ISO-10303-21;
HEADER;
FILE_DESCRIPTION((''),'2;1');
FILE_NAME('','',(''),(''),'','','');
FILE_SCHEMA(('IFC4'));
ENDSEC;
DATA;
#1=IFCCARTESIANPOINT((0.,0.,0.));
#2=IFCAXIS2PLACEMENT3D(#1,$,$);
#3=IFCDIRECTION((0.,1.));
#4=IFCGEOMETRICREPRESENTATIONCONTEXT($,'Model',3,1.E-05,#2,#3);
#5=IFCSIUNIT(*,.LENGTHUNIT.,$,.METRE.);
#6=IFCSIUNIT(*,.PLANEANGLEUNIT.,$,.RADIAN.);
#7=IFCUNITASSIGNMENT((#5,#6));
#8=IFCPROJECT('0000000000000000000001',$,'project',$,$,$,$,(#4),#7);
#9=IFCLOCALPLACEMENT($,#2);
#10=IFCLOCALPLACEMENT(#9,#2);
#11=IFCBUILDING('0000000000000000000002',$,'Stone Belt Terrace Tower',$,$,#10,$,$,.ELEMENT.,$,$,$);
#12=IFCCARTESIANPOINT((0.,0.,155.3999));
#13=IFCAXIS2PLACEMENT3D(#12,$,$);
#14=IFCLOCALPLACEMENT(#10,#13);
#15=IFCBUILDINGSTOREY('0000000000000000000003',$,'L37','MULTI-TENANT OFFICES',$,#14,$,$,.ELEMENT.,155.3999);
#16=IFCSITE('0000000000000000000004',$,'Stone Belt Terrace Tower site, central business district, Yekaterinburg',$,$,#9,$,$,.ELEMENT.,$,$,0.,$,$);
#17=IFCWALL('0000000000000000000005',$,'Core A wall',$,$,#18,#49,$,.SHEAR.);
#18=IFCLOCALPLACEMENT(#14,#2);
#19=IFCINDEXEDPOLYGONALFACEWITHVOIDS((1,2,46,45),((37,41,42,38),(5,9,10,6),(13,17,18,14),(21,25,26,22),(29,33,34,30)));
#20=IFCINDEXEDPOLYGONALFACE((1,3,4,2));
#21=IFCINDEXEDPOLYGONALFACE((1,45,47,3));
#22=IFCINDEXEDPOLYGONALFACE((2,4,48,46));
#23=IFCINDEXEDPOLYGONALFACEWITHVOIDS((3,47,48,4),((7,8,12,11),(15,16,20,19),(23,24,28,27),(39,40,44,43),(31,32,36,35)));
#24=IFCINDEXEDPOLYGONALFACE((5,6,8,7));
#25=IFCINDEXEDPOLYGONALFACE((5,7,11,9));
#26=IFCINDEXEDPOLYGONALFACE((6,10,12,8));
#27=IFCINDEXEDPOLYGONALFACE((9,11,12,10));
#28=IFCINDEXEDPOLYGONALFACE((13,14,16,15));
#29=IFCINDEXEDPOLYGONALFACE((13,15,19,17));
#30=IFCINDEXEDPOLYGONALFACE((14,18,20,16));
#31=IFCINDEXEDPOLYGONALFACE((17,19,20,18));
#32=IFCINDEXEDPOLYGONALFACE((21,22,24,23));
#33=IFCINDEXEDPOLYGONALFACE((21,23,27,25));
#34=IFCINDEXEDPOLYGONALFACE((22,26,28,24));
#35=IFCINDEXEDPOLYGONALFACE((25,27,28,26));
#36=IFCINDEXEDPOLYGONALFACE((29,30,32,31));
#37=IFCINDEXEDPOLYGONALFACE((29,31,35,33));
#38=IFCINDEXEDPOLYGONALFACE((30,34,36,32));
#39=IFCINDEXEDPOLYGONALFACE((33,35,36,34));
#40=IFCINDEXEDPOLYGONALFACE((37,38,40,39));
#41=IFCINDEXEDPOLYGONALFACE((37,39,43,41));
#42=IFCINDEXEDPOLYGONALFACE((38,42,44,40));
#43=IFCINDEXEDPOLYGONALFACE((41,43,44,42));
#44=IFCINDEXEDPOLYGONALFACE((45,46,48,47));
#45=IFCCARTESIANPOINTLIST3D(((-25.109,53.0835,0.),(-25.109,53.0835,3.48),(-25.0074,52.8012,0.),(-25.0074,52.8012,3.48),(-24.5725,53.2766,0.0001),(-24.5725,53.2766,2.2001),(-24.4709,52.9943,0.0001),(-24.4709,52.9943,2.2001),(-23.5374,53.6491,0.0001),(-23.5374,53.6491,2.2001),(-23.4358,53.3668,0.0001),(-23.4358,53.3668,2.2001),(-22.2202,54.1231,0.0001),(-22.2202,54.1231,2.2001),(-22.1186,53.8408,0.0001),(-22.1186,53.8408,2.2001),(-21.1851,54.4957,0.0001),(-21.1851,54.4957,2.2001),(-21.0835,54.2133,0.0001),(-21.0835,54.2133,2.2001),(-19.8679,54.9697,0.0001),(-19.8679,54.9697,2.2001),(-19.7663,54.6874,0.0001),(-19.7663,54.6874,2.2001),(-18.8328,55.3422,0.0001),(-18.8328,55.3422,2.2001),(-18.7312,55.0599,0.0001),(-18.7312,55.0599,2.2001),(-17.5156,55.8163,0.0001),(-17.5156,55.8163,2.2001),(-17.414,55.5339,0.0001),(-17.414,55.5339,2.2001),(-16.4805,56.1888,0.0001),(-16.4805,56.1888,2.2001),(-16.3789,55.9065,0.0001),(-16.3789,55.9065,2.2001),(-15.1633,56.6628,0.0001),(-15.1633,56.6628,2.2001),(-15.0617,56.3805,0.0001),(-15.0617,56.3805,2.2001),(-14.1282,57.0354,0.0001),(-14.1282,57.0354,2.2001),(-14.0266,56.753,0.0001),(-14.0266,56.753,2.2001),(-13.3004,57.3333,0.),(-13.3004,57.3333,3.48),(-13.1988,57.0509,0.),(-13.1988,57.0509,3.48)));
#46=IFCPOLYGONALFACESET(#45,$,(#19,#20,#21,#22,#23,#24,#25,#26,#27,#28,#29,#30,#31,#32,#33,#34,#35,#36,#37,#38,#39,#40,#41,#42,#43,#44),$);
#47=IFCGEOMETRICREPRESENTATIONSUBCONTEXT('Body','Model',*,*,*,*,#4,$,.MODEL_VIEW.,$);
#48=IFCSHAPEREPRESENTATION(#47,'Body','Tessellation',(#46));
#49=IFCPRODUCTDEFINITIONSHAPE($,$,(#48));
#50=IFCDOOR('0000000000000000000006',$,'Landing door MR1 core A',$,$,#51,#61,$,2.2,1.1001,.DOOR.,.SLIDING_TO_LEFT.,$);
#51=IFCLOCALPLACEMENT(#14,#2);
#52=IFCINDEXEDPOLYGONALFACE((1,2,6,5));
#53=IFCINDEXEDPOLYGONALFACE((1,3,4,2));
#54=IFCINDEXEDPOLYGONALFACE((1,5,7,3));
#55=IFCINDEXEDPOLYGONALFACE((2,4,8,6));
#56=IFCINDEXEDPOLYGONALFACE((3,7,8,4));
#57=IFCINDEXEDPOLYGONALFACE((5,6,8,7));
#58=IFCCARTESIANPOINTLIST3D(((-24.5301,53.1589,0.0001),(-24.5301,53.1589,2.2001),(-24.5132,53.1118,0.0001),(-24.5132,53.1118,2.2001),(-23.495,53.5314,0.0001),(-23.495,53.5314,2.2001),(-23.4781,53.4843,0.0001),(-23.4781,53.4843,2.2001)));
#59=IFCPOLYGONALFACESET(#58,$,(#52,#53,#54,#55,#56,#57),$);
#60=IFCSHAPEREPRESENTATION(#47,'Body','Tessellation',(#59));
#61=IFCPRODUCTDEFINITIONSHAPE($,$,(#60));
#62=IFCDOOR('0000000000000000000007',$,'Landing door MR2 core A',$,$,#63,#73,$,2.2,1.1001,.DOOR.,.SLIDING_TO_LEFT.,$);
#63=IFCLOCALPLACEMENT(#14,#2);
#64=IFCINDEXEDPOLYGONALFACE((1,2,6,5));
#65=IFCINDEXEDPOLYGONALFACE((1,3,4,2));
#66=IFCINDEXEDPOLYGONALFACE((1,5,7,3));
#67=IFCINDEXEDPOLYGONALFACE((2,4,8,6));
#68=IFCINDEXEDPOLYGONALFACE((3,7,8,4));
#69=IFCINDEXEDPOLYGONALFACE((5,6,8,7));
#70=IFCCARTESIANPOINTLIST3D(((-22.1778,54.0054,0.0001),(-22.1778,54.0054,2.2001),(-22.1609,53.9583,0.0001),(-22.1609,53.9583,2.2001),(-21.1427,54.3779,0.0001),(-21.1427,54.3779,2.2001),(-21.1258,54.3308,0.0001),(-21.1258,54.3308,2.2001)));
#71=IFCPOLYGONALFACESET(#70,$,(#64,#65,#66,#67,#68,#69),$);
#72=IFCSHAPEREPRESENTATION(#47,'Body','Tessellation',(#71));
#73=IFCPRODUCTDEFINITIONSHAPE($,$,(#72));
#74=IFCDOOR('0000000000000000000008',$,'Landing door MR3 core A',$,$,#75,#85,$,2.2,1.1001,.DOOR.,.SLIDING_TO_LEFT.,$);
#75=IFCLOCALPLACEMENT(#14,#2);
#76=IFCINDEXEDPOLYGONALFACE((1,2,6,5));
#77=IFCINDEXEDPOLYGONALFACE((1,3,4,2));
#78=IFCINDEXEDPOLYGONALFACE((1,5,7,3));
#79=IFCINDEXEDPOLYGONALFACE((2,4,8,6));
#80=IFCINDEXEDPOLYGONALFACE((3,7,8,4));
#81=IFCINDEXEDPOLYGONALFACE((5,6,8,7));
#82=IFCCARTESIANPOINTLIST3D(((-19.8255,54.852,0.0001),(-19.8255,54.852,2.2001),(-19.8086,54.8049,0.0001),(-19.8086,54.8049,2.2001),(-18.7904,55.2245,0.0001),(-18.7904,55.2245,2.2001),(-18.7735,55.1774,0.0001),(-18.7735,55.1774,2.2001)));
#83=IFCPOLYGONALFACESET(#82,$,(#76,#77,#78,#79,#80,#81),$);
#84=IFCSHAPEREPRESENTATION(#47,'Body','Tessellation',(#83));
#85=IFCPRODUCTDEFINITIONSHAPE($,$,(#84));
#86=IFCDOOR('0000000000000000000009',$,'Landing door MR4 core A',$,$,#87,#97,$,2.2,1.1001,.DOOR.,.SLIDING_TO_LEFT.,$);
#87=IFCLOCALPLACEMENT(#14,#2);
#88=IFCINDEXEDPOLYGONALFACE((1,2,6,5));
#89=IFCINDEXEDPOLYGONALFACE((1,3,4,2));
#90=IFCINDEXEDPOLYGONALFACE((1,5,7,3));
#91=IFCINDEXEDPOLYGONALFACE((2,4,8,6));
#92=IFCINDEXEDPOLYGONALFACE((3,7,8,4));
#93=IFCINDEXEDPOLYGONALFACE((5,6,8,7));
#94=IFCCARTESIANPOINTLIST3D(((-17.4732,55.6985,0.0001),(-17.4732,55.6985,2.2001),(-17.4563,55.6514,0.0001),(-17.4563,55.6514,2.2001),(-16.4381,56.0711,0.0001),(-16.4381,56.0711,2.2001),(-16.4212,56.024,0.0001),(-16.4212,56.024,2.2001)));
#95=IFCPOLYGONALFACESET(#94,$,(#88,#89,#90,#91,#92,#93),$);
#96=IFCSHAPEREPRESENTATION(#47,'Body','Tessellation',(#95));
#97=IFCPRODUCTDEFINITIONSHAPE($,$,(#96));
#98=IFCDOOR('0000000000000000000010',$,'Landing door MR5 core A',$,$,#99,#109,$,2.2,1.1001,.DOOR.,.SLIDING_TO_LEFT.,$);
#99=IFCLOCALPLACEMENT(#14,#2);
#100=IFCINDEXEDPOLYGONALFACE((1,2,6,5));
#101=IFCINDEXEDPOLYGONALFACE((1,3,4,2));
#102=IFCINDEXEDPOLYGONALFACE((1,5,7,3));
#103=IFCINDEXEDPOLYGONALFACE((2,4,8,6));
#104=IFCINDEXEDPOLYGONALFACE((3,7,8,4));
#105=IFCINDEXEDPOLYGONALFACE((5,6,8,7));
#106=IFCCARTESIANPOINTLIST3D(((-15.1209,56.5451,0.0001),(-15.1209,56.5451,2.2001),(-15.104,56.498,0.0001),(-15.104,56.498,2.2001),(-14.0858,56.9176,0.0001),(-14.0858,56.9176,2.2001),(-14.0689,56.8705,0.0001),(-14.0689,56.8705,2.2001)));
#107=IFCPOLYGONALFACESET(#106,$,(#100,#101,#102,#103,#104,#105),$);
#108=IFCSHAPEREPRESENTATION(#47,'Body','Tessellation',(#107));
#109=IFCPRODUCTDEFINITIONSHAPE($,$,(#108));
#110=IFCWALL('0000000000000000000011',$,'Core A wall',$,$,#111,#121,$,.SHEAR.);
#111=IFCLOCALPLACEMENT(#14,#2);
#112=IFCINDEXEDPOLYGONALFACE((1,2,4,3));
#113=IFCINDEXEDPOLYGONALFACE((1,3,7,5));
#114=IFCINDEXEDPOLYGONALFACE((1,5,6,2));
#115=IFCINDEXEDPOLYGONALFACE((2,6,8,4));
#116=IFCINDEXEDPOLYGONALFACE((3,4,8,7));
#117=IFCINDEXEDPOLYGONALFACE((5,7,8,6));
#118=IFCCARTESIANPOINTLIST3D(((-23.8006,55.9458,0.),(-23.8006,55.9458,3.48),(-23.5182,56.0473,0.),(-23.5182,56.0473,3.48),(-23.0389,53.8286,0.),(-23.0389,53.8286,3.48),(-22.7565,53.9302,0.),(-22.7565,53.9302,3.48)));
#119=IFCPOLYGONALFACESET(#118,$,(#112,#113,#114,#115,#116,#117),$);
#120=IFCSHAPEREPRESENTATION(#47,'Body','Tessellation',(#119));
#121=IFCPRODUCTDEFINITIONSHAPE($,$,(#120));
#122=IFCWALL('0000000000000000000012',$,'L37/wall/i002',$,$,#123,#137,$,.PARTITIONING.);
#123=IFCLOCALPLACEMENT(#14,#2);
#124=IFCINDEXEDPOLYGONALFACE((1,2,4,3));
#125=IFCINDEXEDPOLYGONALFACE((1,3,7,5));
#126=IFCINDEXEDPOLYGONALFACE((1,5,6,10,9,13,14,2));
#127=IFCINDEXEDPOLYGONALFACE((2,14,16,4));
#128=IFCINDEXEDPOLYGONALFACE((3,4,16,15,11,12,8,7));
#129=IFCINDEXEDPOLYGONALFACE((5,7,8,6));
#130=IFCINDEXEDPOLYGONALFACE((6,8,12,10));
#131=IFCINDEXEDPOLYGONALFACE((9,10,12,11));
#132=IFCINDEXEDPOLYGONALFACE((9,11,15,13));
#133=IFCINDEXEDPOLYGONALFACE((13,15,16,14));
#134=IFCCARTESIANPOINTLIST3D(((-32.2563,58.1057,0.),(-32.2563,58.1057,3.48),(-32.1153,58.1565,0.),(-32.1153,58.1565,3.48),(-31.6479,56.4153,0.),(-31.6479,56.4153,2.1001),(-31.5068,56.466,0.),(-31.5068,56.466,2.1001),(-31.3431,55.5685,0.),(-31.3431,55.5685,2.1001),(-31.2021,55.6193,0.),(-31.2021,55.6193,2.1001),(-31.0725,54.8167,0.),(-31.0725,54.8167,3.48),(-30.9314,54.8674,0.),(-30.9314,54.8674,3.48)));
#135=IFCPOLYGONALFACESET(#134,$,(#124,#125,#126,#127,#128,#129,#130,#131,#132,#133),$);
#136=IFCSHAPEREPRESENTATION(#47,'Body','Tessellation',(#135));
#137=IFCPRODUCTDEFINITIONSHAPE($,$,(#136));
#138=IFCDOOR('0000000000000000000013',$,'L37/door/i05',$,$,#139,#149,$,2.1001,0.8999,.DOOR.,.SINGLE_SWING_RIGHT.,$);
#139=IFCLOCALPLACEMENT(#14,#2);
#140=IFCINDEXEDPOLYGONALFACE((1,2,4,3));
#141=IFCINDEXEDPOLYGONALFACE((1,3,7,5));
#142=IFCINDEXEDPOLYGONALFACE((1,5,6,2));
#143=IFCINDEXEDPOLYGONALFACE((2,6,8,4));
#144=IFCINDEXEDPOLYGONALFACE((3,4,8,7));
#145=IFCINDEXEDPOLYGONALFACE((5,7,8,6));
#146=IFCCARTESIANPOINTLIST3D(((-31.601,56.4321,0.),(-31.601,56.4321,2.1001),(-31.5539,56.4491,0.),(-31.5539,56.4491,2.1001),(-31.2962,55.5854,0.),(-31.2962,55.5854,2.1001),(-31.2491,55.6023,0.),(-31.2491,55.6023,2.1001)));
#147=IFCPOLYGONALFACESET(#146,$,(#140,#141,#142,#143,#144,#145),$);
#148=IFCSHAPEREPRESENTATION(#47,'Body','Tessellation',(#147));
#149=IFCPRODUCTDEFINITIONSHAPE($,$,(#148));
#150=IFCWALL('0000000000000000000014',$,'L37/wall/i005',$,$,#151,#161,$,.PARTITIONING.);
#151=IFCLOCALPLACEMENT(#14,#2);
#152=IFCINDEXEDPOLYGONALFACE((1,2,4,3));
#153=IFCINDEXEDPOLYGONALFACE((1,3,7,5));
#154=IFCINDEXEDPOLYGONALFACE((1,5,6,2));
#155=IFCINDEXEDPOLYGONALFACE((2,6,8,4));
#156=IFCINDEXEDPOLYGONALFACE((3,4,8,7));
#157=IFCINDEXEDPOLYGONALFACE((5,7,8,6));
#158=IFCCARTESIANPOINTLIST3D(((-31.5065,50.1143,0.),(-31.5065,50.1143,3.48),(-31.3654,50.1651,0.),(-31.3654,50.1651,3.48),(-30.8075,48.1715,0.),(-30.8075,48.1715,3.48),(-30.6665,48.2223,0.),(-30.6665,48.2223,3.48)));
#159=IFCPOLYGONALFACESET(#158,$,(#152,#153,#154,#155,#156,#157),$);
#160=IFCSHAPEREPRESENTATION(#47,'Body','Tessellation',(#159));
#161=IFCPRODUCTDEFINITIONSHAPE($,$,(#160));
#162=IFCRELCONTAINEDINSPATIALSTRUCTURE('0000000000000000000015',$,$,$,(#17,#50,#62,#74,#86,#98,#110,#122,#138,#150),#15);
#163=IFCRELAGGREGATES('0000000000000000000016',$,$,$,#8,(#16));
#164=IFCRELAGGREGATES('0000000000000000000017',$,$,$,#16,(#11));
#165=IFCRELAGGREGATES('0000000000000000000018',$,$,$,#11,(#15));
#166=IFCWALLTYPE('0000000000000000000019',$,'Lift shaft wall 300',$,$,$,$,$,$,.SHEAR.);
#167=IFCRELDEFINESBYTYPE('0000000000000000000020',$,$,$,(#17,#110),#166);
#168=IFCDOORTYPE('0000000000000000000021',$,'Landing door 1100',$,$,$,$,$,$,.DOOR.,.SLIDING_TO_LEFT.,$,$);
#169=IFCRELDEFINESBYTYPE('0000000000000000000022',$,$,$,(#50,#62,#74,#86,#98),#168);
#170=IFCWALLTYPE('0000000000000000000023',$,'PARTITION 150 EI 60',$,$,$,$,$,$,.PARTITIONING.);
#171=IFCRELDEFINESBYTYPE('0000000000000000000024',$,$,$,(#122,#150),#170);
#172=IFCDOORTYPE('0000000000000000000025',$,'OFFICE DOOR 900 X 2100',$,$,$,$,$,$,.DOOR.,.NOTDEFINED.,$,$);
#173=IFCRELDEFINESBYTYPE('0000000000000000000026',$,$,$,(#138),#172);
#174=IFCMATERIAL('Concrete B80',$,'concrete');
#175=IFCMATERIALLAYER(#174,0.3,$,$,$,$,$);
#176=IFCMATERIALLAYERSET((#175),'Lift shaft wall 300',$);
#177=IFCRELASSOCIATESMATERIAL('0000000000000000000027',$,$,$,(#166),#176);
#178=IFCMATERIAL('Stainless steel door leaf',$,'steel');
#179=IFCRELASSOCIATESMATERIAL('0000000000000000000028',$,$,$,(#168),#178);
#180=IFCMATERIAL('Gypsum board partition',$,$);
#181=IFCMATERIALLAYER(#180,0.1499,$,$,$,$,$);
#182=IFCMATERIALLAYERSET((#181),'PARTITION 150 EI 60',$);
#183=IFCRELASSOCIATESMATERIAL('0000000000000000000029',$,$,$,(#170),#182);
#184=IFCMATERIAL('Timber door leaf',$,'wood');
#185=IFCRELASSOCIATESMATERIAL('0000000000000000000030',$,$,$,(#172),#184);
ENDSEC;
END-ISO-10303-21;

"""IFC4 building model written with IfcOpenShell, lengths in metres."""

from ifc_helpers import new_model, si_unit, direction, frame, frame_2d, origin, place, context, subcontext, project, spatial, rectangle, extrude, material, layer, layer_set, type_object, element, fill, save


model = new_model("IFC4")

# Units and contexts
model_context = context("Model", 3, precision=1e-05, world=origin(), true_north=direction((0.0, 1.0)))
body_context = subcontext(model_context, "Body", "Model", "MODEL_VIEW")
ifc_project = project(units=[si_unit("LENGTHUNIT", "METRE"), si_unit("PLANEANGLEUNIT", "RADIAN")], contexts=[model_context])

# Site, building, storey
site_placement = place(None, origin())
site = spatial("IfcSite", under=ifc_project, at=site_placement, Name="Stone Belt Terrace Tower site, central business district, Yekaterinburg", CompositionType="ELEMENT", RefElevation=0.0)
building_placement = place(site_placement, origin())
building = spatial("IfcBuilding", under=site, at=building_placement, Name="Stone Belt Terrace Tower", CompositionType="ELEMENT")
storey_placement = place(building_placement, frame((0.0, 0.0, 155.3999)))
storey = spatial("IfcBuildingStorey", under=building, at=storey_placement, Name="L37", Description="MULTI-TENANT OFFICES", CompositionType="ELEMENT", Elevation=155.3999)

# Shared definitions
ifc_material_1 = material(Name="Timber door leaf", Category="wood")

# Shared definitions
ifc_material_2 = material(Name="Concrete B80", Category="concrete")

# Shared definitions
ifc_layer_1 = layer(ifc_material_2, 0.3)
ifc_layer_set_1 = layer_set([ifc_layer_1], Name="Lift shaft wall 300")
wall_type_1 = type_object("IfcWallType", Name="Lift shaft wall 300", PredefinedType="SHEAR", material=ifc_layer_set_1)
ifc_material_3 = material(Name="Stainless steel door leaf", Category="steel")

# Wall, openings, doors
wall_1_placement = place(storey_placement, frame((-25.0581, 52.9424, 0.0), z_axis=(0.0, 0.0, 1.0), x_axis=(0.940921, 0.338625, 0.0)))
wall_1 = element("IfcWall", 1, at=wall_1_placement, inside=storey, type_object=wall_type_1, Name="Core A wall", PredefinedType="SHEAR", context=body_context, shape_type="SweptSolid", body=[
    extrude(rectangle(XDim=12.55, YDim=0.3, at=frame_2d((6.2749, 0.0))), origin(), (0.0, 0.0, 1.0), 3.48),
])
opening_1_placement = place(wall_1_placement, frame((0.5701, 0.0, 0.0)))
opening_1 = element("IfcOpeningElement", 2, at=opening_1_placement, cuts=wall_1, PredefinedType="OPENING", context=body_context, shape_type="SweptSolid", body=[
    extrude(rectangle(XDim=1.1001, YDim=2.2, at=frame_2d((0.55, 1.1001))), frame((0.0, 0.1599, 0.0), z_axis=(0.0, -1.0, 0.0), x_axis=(1.0, 0.0, 0.0)), (0.0, 0.0, 1.0), 0.3201),
])
opening_2_placement = place(wall_1_placement, frame((3.0701, 0.0, 0.0)))
opening_2 = element("IfcOpeningElement", 3, at=opening_2_placement, cuts=wall_1, PredefinedType="OPENING", context=body_context, shape_type="SweptSolid", body=[
    extrude(rectangle(XDim=1.1001, YDim=2.2, at=frame_2d((0.55, 1.1001))), frame((0.0, 0.1599, 0.0), z_axis=(0.0, -1.0, 0.0), x_axis=(1.0, 0.0, 0.0)), (0.0, 0.0, 1.0), 0.3201),
])
opening_3_placement = place(wall_1_placement, frame((5.5701, 0.0, 0.0)))
opening_3 = element("IfcOpeningElement", 4, at=opening_3_placement, cuts=wall_1, PredefinedType="OPENING", context=body_context, shape_type="SweptSolid", body=[
    extrude(rectangle(XDim=1.1001, YDim=2.2, at=frame_2d((0.55, 1.1001))), frame((0.0, 0.1599, 0.0), z_axis=(0.0, -1.0, 0.0), x_axis=(1.0, 0.0, 0.0)), (0.0, 0.0, 1.0), 0.3201),
])
opening_4_placement = place(wall_1_placement, frame((8.0701, 0.0, 0.0)))
opening_4 = element("IfcOpeningElement", 5, at=opening_4_placement, cuts=wall_1, PredefinedType="OPENING", context=body_context, shape_type="SweptSolid", body=[
    extrude(rectangle(XDim=1.1001, YDim=2.2, at=frame_2d((0.55, 1.1001))), frame((0.0, 0.1599, 0.0), z_axis=(0.0, -1.0, 0.0), x_axis=(1.0, 0.0, 0.0)), (0.0, 0.0, 1.0), 0.3201),
])
opening_5_placement = place(wall_1_placement, frame((10.5701, 0.0, 0.0)))
opening_5 = element("IfcOpeningElement", 6, at=opening_5_placement, cuts=wall_1, PredefinedType="OPENING", context=body_context, shape_type="SweptSolid", body=[
    extrude(rectangle(XDim=1.1001, YDim=2.2, at=frame_2d((0.55, 1.1001))), frame((0.0, 0.1599, 0.0), z_axis=(0.0, -1.0, 0.0), x_axis=(1.0, 0.0, 0.0)), (0.0, 0.0, 1.0), 0.3201),
])
door_type_1 = type_object("IfcDoorType", Name="Landing door 1100", OperationType="SLIDING_TO_LEFT", PredefinedType="DOOR", material=ifc_material_3)
door_1_placement = place(opening_1_placement, origin())
door_1 = element("IfcDoor", 7, at=door_1_placement, inside=storey, type_object=door_type_1, Name="Landing door MR1 core A", OperationType="SLIDING_TO_LEFT", OverallHeight=2.2, OverallWidth=1.1001, PredefinedType="DOOR", context=body_context, shape_type="SweptSolid", body=[
    extrude(rectangle(XDim=1.1001, YDim=2.2, at=frame_2d((0.55, 1.1001))), frame((0.0, 0.0249, 0.0), z_axis=(0.0, -1.0, 0.0), x_axis=(1.0, 0.0, 0.0)), (0.0, 0.0, 1.0), 0.05),
])
fill(opening_1, door_1)
door_2_placement = place(opening_2_placement, origin())
door_2 = element("IfcDoor", 8, at=door_2_placement, inside=storey, type_object=door_type_1, Name="Landing door MR2 core A", OperationType="SLIDING_TO_LEFT", OverallHeight=2.2, OverallWidth=1.1001, PredefinedType="DOOR", context=body_context, shape_type="SweptSolid", body=[
    extrude(rectangle(XDim=1.1001, YDim=2.2, at=frame_2d((0.55, 1.1001))), frame((0.0, 0.0249, 0.0), z_axis=(0.0, -1.0, 0.0), x_axis=(1.0, 0.0, 0.0)), (0.0, 0.0, 1.0), 0.05),
])
fill(opening_2, door_2)
door_3_placement = place(opening_3_placement, origin())
door_3 = element("IfcDoor", 9, at=door_3_placement, inside=storey, type_object=door_type_1, Name="Landing door MR3 core A", OperationType="SLIDING_TO_LEFT", OverallHeight=2.2, OverallWidth=1.1001, PredefinedType="DOOR", context=body_context, shape_type="SweptSolid", body=[
    extrude(rectangle(XDim=1.1001, YDim=2.2, at=frame_2d((0.55, 1.1001))), frame((0.0, 0.0249, 0.0), z_axis=(0.0, -1.0, 0.0), x_axis=(1.0, 0.0, 0.0)), (0.0, 0.0, 1.0), 0.05),
])
fill(opening_3, door_3)
door_4_placement = place(opening_4_placement, origin())
door_4 = element("IfcDoor", 10, at=door_4_placement, inside=storey, type_object=door_type_1, Name="Landing door MR4 core A", OperationType="SLIDING_TO_LEFT", OverallHeight=2.2, OverallWidth=1.1001, PredefinedType="DOOR", context=body_context, shape_type="SweptSolid", body=[
    extrude(rectangle(XDim=1.1001, YDim=2.2, at=frame_2d((0.55, 1.1001))), frame((0.0, 0.0249, 0.0), z_axis=(0.0, -1.0, 0.0), x_axis=(1.0, 0.0, 0.0)), (0.0, 0.0, 1.0), 0.05),
])
fill(opening_4, door_4)
door_5_placement = place(opening_5_placement, origin())
door_5 = element("IfcDoor", 11, at=door_5_placement, inside=storey, type_object=door_type_1, Name="Landing door MR5 core A", OperationType="SLIDING_TO_LEFT", OverallHeight=2.2, OverallWidth=1.1001, PredefinedType="DOOR", context=body_context, shape_type="SweptSolid", body=[
    extrude(rectangle(XDim=1.1001, YDim=2.2, at=frame_2d((0.55, 1.1001))), frame((0.0, 0.0249, 0.0), z_axis=(0.0, -1.0, 0.0), x_axis=(1.0, 0.0, 0.0)), (0.0, 0.0, 1.0), 0.05),
])
fill(opening_5, door_5)

# Wall
wall_2_placement = place(storey_placement, frame((-22.8977, 53.8794, 0.0), z_axis=(0.0, 0.0, 1.0), x_axis=(-0.338535, 0.940954, 0.0)))
element("IfcWall", 12, at=wall_2_placement, inside=storey, type_object=wall_type_1, Name="Core A wall", PredefinedType="SHEAR", context=body_context, shape_type="SweptSolid", body=[
    extrude(rectangle(XDim=2.25, YDim=0.3, at=frame_2d((1.125, 0.0))), origin(), (0.0, 0.0, 1.0), 3.48),
])

# Wall, opening, door
ifc_material_4 = material(Name="Gypsum board partition")
ifc_layer_2 = layer(ifc_material_4, 0.1499)
ifc_layer_set_2 = layer_set([ifc_layer_2], Name="PARTITION 150 EI 60")
wall_type_2 = type_object("IfcWallType", Name="PARTITION 150 EI 60", PredefinedType="PARTITIONING", material=ifc_layer_set_2)
wall_3_placement = place(storey_placement, frame((-32.1858, 58.1311, 0.0), z_axis=(0.0, 0.0, 1.0), x_axis=(0.338663, -0.940908, 0.0)))
wall_3 = element("IfcWall", 13, at=wall_3_placement, inside=storey, type_object=wall_type_2, Name="L37/wall/i002", PredefinedType="PARTITIONING", context=body_context, shape_type="SweptSolid", body=[
    extrude(rectangle(XDim=3.4956, YDim=0.1499, at=frame_2d((1.7478, 0.0))), origin(), (0.0, 0.0, 1.0), 3.48),
])
opening_6_placement = place(wall_3_placement, frame((1.7966, 0.0, 0.0)))
opening_6 = element("IfcOpeningElement", 14, at=opening_6_placement, cuts=wall_3, PredefinedType="OPENING", context=body_context, shape_type="SweptSolid", body=[
    extrude(rectangle(XDim=0.8999, YDim=2.1001, at=frame_2d((0.45, 1.05))), frame((0.0, 0.085, 0.0), z_axis=(0.0, -1.0, 0.0), x_axis=(1.0, 0.0, 0.0)), (0.0, 0.0, 1.0), 0.1699),
])
door_type_2 = type_object("IfcDoorType", Name="OFFICE DOOR 900 X 2100", OperationType="NOTDEFINED", PredefinedType="DOOR", material=ifc_material_1)
door_6_placement = place(opening_6_placement, origin())
door_6 = element("IfcDoor", 15, at=door_6_placement, inside=storey, type_object=door_type_2, Name="L37/door/i05", OperationType="SINGLE_SWING_RIGHT", OverallHeight=2.1001, OverallWidth=0.8999, PredefinedType="DOOR", context=body_context, shape_type="SweptSolid", body=[
    extrude(rectangle(XDim=0.8999, YDim=2.1001, at=frame_2d((0.45, 1.05))), frame((0.0, 0.0249, 0.0), z_axis=(0.0, -1.0, 0.0), x_axis=(1.0, 0.0, 0.0)), (0.0, 0.0, 1.0), 0.05),
])
fill(opening_6, door_6)

# Wall
wall_4_placement = place(storey_placement, frame((-30.7371, 48.197, 0.0), z_axis=(0.0, 0.0, 1.0), x_axis=(-0.338523, 0.940958, 0.0)))
element("IfcWall", 16, at=wall_4_placement, inside=storey, type_object=wall_type_2, Name="L37/wall/i005", PredefinedType="PARTITIONING", context=body_context, shape_type="SweptSolid", body=[
    extrude(rectangle(XDim=2.0647, YDim=0.1499, at=frame_2d((1.0322, 0.0))), origin(), (0.0, 0.0, 1.0), 3.48),
])

save(model, "model.ifc")
